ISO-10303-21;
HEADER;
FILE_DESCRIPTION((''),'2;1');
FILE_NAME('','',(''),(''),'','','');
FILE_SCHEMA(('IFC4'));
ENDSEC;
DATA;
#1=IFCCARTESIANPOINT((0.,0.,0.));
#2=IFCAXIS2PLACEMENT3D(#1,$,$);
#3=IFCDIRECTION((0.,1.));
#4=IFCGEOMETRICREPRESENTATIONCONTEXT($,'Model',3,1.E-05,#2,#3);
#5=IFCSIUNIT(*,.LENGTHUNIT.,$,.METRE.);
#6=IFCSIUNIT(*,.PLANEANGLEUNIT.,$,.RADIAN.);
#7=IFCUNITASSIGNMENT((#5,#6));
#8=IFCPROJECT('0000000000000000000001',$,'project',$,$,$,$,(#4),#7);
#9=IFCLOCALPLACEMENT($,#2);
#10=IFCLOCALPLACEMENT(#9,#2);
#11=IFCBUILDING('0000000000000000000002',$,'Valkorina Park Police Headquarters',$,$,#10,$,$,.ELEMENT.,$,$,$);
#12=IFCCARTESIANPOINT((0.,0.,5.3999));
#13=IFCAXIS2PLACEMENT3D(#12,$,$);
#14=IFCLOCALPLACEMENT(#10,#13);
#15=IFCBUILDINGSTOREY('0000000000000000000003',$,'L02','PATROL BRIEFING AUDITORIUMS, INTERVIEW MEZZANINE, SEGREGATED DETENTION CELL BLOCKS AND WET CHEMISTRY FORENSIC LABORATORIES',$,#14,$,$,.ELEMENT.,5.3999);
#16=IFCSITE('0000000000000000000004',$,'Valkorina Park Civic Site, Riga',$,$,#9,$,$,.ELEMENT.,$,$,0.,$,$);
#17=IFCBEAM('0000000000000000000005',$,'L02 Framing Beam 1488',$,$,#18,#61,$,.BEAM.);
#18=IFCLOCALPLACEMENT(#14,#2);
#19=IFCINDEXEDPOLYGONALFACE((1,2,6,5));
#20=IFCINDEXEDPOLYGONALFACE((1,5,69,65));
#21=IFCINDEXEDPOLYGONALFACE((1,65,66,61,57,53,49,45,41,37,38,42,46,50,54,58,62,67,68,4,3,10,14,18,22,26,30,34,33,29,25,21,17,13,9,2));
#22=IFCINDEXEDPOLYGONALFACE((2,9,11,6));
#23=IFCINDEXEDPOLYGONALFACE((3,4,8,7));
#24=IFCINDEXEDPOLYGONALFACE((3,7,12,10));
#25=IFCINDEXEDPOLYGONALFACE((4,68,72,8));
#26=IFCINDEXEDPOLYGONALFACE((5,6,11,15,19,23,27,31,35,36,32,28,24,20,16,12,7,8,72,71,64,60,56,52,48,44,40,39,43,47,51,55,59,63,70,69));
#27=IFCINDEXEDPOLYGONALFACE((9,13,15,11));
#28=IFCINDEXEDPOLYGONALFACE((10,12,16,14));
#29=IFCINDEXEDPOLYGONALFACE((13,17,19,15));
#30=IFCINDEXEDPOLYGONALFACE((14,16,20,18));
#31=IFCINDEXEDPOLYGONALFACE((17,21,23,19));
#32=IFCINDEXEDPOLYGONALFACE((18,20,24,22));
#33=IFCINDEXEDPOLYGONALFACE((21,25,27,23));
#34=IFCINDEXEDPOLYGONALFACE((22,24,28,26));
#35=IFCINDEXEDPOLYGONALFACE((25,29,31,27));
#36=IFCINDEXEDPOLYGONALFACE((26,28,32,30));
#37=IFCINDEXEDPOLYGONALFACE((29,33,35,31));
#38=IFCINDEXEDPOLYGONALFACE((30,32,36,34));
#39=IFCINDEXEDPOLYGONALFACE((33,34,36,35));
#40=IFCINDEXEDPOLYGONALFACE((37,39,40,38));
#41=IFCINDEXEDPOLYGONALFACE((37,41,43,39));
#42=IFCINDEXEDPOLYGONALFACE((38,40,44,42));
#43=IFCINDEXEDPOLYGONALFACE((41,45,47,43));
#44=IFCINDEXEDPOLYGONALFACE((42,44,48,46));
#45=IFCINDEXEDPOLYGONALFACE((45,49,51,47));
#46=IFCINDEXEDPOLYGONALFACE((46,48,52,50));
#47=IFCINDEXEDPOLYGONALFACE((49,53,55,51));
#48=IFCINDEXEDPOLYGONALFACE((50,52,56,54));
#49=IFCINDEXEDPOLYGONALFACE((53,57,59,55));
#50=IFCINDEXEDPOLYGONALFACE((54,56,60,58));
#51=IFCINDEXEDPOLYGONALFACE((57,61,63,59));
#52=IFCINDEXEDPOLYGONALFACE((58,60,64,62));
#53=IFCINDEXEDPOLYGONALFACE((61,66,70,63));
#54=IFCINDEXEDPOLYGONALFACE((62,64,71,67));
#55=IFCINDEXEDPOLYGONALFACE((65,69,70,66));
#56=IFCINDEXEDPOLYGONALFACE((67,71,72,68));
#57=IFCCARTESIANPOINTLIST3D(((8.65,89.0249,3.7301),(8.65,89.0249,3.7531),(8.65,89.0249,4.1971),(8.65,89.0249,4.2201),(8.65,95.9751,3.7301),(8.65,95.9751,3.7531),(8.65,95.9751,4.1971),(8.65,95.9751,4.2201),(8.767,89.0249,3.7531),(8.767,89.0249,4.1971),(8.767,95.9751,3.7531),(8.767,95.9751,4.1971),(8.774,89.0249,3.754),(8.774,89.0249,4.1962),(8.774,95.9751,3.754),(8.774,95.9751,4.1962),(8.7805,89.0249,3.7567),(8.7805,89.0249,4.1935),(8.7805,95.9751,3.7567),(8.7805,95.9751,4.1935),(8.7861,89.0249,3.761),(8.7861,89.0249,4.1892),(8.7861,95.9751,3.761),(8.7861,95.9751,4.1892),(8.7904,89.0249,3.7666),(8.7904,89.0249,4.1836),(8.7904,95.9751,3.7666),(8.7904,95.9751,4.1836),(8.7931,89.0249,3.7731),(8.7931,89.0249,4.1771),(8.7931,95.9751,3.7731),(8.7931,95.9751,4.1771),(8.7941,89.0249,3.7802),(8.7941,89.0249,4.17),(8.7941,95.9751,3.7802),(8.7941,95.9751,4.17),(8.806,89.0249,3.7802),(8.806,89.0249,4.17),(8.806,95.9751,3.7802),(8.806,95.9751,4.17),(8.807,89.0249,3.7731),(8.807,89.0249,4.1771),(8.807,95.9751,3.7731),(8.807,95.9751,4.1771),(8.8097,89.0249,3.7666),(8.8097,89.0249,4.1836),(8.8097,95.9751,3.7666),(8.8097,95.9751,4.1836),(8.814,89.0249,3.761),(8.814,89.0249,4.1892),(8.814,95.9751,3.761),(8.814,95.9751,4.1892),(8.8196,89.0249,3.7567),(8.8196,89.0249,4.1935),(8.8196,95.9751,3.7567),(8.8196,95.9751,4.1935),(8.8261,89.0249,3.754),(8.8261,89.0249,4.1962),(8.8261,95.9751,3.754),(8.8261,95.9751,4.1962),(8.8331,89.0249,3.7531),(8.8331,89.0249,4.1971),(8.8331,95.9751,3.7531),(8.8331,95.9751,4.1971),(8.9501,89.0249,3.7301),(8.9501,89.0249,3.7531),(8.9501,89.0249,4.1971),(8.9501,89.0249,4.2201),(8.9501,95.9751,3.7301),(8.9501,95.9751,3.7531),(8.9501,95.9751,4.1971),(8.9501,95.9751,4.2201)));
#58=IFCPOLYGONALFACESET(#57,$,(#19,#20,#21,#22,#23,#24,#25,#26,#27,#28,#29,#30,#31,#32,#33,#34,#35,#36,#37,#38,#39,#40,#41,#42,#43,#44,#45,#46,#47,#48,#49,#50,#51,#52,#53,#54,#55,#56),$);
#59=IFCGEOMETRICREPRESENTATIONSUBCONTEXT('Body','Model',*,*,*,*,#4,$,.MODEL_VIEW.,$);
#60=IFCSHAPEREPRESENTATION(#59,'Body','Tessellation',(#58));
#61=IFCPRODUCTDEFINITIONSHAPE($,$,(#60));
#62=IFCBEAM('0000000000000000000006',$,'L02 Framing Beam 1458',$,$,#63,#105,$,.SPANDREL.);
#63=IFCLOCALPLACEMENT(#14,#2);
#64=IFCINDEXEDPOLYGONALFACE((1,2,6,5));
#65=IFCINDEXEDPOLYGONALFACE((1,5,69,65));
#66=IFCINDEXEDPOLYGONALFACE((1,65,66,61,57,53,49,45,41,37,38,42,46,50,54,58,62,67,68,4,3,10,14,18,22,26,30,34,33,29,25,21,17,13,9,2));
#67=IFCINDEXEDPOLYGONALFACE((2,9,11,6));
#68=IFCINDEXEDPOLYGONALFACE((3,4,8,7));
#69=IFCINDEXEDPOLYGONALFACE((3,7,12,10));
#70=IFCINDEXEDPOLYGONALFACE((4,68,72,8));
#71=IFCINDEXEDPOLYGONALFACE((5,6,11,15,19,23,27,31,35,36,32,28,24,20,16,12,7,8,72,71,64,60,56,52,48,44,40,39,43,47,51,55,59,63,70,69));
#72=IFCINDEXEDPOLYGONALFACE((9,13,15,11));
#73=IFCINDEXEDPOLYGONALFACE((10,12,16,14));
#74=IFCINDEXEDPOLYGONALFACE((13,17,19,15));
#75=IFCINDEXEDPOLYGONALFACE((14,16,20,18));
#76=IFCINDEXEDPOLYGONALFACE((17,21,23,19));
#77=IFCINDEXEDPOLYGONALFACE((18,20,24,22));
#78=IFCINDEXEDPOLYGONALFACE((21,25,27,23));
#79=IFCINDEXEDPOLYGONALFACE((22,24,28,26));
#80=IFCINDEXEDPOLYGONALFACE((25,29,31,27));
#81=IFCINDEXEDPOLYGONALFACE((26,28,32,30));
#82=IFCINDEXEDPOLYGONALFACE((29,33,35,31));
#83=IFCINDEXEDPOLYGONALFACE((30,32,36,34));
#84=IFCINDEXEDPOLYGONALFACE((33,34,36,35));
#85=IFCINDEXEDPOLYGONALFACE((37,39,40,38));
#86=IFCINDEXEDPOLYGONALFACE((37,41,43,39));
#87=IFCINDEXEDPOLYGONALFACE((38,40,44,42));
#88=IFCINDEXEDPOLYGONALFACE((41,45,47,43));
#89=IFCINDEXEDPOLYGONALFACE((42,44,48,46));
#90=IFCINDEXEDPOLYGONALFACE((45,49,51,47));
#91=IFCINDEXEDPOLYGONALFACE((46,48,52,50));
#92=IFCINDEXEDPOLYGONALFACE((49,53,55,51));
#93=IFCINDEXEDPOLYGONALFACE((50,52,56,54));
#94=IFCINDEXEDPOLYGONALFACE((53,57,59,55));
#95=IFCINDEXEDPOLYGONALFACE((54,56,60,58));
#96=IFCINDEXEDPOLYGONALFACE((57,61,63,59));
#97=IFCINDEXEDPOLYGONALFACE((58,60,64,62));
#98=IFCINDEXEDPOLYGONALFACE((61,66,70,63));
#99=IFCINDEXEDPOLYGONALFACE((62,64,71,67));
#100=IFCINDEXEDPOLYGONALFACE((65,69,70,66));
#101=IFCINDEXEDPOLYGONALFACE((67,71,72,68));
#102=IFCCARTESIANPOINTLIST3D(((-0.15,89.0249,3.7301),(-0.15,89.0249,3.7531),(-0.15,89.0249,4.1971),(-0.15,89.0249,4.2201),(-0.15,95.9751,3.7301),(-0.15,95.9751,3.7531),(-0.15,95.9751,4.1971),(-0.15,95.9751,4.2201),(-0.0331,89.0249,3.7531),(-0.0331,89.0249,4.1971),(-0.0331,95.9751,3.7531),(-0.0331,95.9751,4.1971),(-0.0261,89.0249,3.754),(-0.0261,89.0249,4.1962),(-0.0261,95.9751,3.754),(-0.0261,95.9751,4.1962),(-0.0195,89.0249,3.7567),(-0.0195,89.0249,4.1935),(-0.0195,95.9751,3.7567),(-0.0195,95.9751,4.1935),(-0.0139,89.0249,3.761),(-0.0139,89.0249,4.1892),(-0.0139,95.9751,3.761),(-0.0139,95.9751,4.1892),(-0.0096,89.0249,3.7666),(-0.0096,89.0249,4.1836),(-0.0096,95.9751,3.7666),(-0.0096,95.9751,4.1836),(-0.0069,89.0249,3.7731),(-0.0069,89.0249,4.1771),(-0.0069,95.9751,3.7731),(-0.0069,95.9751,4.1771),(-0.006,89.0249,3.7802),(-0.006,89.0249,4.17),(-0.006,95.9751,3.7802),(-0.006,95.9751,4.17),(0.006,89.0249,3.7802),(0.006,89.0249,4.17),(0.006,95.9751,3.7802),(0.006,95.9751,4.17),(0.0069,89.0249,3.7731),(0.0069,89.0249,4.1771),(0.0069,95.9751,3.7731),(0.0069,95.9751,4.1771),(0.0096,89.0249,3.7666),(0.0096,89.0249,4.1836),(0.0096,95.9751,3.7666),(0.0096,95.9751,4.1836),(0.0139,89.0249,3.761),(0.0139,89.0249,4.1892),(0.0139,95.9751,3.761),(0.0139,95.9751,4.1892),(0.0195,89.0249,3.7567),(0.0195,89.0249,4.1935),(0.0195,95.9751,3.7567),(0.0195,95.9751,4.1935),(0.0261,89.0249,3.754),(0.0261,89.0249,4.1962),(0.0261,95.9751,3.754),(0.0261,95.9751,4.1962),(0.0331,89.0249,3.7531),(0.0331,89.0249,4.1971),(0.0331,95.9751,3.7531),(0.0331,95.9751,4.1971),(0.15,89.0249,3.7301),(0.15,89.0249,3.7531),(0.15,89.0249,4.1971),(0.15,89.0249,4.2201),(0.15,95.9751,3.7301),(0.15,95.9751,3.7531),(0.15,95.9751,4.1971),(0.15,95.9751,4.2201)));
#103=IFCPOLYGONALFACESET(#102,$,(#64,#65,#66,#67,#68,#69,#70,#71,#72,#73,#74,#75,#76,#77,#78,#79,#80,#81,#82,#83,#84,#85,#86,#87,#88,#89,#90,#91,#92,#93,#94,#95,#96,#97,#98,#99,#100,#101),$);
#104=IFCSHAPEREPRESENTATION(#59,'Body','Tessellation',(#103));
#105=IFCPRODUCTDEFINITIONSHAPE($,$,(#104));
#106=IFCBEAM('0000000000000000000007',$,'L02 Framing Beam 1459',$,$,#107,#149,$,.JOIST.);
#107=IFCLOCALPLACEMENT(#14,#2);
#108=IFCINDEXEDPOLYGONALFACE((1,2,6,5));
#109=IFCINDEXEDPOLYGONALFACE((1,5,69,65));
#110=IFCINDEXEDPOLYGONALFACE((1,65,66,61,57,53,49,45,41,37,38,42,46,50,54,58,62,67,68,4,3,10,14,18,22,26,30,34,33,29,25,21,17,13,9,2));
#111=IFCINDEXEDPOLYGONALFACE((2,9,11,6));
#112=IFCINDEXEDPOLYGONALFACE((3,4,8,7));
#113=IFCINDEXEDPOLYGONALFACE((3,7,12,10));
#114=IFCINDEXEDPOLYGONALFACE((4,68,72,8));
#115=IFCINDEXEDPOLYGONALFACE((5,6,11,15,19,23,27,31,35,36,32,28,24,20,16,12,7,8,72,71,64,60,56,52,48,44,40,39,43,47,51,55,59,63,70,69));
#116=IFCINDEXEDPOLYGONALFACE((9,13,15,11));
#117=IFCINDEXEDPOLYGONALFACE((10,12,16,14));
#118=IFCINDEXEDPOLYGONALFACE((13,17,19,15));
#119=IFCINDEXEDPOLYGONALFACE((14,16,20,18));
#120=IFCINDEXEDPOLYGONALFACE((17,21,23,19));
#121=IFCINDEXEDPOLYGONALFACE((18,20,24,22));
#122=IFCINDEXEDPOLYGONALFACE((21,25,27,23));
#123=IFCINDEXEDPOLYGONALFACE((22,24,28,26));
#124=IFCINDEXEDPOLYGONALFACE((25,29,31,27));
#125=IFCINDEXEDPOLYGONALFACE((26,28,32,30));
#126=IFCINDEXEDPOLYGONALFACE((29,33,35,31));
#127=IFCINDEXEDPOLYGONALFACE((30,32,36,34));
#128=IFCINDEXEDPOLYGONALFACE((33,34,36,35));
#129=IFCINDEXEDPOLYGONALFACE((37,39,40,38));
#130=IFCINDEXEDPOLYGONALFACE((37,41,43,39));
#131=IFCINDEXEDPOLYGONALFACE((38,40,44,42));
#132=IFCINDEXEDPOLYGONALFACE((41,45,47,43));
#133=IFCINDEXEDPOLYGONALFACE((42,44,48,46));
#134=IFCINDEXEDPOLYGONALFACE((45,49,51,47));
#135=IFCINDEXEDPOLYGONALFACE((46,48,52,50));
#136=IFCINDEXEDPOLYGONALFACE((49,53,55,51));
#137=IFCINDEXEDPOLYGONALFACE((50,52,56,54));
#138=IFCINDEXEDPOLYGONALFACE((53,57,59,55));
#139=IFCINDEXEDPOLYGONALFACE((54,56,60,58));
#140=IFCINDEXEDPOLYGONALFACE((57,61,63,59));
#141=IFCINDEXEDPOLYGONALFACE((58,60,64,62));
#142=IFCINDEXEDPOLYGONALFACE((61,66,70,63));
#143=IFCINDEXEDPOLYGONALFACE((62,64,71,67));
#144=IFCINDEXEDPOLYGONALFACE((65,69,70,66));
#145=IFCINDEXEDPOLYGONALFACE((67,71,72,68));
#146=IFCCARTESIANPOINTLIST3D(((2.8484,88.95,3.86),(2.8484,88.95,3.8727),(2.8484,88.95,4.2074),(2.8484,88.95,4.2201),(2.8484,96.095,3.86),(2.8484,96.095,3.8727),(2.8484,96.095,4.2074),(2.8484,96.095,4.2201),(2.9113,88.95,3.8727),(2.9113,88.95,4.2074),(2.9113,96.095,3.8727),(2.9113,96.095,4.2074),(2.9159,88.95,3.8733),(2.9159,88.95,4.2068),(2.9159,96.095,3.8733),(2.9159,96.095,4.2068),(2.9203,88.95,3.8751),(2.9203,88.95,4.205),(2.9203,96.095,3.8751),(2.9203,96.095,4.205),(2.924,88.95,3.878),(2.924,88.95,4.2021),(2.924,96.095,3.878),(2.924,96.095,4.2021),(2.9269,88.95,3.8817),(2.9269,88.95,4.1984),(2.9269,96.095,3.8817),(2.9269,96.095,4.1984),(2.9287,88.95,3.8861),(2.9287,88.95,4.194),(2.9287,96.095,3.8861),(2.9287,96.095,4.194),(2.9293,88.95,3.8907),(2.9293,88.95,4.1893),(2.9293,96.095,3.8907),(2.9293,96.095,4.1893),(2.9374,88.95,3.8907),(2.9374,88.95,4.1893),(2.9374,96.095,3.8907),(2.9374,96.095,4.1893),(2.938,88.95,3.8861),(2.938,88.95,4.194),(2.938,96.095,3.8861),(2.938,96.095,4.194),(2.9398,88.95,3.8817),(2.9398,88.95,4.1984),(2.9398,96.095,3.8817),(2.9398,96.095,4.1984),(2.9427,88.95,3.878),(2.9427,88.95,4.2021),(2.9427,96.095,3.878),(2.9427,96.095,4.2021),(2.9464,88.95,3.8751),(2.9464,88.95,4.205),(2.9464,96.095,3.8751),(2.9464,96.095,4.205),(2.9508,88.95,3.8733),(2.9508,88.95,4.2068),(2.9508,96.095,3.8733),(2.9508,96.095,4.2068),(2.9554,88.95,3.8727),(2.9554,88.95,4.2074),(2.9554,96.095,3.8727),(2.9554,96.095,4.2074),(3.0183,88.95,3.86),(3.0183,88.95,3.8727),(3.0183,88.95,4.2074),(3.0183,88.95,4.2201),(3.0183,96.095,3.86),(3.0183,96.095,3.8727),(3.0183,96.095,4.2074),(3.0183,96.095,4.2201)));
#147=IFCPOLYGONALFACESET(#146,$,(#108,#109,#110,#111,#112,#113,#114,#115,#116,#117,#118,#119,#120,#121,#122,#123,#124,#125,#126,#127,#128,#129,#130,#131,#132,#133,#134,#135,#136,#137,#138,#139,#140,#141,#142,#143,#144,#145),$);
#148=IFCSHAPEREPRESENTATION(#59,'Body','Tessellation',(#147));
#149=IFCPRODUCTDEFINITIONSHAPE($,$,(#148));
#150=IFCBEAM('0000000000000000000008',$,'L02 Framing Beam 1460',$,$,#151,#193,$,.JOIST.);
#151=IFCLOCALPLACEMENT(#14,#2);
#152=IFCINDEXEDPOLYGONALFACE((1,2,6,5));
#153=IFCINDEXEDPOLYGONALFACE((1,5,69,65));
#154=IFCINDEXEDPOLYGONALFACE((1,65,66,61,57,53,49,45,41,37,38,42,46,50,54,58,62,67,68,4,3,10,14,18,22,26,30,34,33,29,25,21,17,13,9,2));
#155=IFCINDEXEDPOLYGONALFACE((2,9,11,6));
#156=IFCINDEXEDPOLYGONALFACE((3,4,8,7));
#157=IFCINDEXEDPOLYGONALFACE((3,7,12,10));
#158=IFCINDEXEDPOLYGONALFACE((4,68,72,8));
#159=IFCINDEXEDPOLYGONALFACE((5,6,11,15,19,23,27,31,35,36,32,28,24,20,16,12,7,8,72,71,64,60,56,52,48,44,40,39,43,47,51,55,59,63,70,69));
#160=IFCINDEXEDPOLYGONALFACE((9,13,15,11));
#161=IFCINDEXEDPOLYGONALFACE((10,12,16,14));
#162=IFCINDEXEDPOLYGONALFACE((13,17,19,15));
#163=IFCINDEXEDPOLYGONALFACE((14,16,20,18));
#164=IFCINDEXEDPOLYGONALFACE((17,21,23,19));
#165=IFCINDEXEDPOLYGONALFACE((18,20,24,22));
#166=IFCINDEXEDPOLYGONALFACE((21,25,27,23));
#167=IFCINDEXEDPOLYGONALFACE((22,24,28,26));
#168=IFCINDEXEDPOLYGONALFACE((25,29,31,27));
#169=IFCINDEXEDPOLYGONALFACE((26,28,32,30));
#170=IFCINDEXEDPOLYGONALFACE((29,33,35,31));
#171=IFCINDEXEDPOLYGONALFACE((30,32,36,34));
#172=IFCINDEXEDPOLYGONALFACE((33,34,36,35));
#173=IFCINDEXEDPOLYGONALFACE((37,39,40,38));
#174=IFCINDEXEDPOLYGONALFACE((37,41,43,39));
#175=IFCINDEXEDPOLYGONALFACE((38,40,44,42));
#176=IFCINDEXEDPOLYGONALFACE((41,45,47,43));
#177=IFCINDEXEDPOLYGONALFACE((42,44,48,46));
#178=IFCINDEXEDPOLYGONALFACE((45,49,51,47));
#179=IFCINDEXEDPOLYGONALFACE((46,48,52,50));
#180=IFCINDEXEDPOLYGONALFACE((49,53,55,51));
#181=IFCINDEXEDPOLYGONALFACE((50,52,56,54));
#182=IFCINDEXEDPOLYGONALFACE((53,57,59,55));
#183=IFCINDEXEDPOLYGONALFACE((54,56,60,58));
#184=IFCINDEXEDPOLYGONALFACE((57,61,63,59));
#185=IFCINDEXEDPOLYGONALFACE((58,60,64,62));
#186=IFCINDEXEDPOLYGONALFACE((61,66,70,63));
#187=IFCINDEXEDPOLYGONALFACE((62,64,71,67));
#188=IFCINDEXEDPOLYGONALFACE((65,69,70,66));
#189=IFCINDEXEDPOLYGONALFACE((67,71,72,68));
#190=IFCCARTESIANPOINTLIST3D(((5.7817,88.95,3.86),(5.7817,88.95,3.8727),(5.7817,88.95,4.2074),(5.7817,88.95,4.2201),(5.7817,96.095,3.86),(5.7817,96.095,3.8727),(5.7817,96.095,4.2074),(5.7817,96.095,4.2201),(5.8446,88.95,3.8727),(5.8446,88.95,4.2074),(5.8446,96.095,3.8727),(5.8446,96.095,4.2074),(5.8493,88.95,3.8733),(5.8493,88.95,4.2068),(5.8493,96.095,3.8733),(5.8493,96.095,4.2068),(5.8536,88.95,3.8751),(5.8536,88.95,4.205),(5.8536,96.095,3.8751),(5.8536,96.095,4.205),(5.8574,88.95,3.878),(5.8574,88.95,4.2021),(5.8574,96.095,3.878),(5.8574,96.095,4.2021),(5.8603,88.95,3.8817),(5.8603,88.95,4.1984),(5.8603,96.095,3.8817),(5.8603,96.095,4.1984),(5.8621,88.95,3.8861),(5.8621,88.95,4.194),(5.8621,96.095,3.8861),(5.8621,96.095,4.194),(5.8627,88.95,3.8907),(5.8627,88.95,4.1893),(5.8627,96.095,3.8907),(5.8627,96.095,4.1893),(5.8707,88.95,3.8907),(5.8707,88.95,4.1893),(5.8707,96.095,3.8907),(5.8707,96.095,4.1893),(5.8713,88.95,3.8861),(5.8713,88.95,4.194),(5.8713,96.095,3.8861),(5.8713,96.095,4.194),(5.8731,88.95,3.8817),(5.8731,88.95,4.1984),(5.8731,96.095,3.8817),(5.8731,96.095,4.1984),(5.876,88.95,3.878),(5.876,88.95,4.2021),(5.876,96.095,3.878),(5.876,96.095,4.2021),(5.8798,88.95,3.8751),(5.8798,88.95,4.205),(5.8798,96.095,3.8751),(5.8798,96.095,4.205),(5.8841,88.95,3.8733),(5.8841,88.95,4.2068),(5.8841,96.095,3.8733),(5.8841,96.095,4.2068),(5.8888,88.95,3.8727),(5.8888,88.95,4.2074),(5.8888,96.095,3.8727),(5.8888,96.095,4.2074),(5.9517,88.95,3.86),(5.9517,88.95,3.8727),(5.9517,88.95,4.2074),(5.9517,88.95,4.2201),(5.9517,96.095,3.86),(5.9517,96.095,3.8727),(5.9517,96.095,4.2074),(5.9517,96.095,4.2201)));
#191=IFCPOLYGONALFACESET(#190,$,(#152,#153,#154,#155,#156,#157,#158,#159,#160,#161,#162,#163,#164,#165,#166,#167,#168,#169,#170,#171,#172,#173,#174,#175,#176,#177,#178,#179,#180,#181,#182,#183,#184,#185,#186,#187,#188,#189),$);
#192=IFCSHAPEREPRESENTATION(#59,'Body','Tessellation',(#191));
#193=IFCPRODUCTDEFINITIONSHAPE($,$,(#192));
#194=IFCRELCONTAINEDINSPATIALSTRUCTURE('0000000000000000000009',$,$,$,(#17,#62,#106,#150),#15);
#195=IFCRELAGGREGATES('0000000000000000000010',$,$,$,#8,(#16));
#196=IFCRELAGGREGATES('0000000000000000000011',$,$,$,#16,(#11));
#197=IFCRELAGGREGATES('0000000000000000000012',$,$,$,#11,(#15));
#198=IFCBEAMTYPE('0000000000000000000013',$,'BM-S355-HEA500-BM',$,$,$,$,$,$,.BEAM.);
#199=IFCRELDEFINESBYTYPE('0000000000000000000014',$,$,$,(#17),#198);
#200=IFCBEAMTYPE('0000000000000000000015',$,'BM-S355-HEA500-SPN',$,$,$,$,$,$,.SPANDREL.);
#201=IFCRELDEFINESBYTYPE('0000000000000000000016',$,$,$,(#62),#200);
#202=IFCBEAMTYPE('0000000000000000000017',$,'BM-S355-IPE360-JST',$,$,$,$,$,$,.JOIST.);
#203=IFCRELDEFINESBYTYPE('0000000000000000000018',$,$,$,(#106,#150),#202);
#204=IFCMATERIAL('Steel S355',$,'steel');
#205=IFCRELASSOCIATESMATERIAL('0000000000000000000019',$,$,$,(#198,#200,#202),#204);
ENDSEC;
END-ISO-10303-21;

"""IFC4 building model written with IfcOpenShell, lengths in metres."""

from ifc_helpers import new_model, si_unit, direction, frame, origin, origin_2d, place, context, subcontext, project, spatial, i_section, extrude, material, material_profile, profile_set, type_object, element, save


model = new_model("IFC4")

# Units and contexts
model_context = context("Model", 3, precision=1e-05, world=origin(), true_north=direction((0.0, 1.0)))
body_context = subcontext(model_context, "Body", "Model", "MODEL_VIEW")
ifc_project = project(units=[si_unit("LENGTHUNIT", "METRE"), si_unit("PLANEANGLEUNIT", "RADIAN")], contexts=[model_context])

# Site, building, storey
site_placement = place(None, origin())
site = spatial("IfcSite", under=ifc_project, at=site_placement, Name="Valkorina Park Civic Site, Riga", CompositionType="ELEMENT", RefElevation=0.0)
building_placement = place(site_placement, origin())
building = spatial("IfcBuilding", under=site, at=building_placement, Name="Valkorina Park Police Headquarters", CompositionType="ELEMENT")
storey_placement = place(building_placement, frame((0.0, 0.0, 5.3999)))
storey = spatial("IfcBuildingStorey", under=building, at=storey_placement, Name="L02", Description="PATROL BRIEFING AUDITORIUMS, INTERVIEW MEZZANINE, SEGREGATED DETENTION CELL BLOCKS AND WET CHEMISTRY FORENSIC LABORATORIES", CompositionType="ELEMENT", Elevation=5.3999)

# Beams
ifc_material_1 = material(Name="Steel S355", Category="steel")
ifc_material_profile_1 = material_profile(ifc_material_1, i_section(OverallWidth=0.3, OverallDepth=0.49, WebThickness=0.012, FlangeThickness=0.0229, FilletRadius=0.0271, at=origin_2d()), Name="HEA 500")
ifc_profile_set_1 = profile_set([ifc_material_profile_1], Name="Steel S355")
beam_type_1 = type_object("IfcBeamType", Name="BM-S355-HEA500-BM", PredefinedType="BEAM", material=ifc_profile_set_1)
beam_1_placement = place(storey_placement, frame((8.8, 89.0249, 3.9751), z_axis=(0.0, 1.0, 0.0), x_axis=(-1.0, 0.0, 0.0)))
element("IfcBeam", 1, at=beam_1_placement, inside=storey, type_object=beam_type_1, Name="L02 Framing Beam 1488", PredefinedType="BEAM", context=body_context, shape_type="SweptSolid", body=[
    extrude(i_section(OverallWidth=0.3, OverallDepth=0.49, WebThickness=0.012, FlangeThickness=0.0229, FilletRadius=0.0271, at=origin_2d()), origin(), (0.0, 0.0, 1.0), 6.9502),
])
ifc_material_profile_2 = material_profile(ifc_material_1, i_section(OverallWidth=0.3, OverallDepth=0.49, WebThickness=0.012, FlangeThickness=0.0229, FilletRadius=0.0271, at=origin_2d()), Name="HEA 500")
ifc_profile_set_2 = profile_set([ifc_material_profile_2], Name="Steel S355")
beam_type_2 = type_object("IfcBeamType", Name="BM-S355-HEA500-SPN", PredefinedType="SPANDREL", material=ifc_profile_set_2)
beam_2_placement = place(storey_placement, frame((0.0, 89.0249, 3.9751), z_axis=(0.0, 1.0, 0.0), x_axis=(-1.0, 0.0, 0.0)))
element("IfcBeam", 2, at=beam_2_placement, inside=storey, type_object=beam_type_2, Name="L02 Framing Beam 1458", PredefinedType="SPANDREL", context=body_context, shape_type="SweptSolid", body=[
    extrude(i_section(OverallWidth=0.3, OverallDepth=0.49, WebThickness=0.012, FlangeThickness=0.0229, FilletRadius=0.0271, at=origin_2d()), origin(), (0.0, 0.0, 1.0), 6.9502),
])
ifc_material_profile_3 = material_profile(ifc_material_1, i_section(OverallWidth=0.1699, OverallDepth=0.3601, WebThickness=0.0081, FlangeThickness=0.0127, FilletRadius=0.0181, at=origin_2d()), Name="IPE 360")
ifc_profile_set_3 = profile_set([ifc_material_profile_3], Name="Steel S355")
beam_type_3 = type_object("IfcBeamType", Name="BM-S355-IPE360-JST", PredefinedType="JOIST", material=ifc_profile_set_3)
for number, where, z_axis, x_axis, name in (
    (3, (2.9333, 88.95, 4.04), (0.0, 1.0, 0.0), (-1.0, 0.0, 0.0), "L02 Framing Beam 1459"),
    (4, (5.8667, 88.95, 4.04), (0.0, 1.0, 0.0), (-1.0, 0.0, 0.0), "L02 Framing Beam 1460"),
):
    element("IfcBeam", number, at=place(storey_placement, frame(where, z_axis=z_axis, x_axis=x_axis)), inside=storey, type_object=beam_type_3, Name=name, PredefinedType="JOIST", context=body_context, shape_type="SweptSolid", body=[
        extrude(i_section(OverallWidth=0.1699, OverallDepth=0.3601, WebThickness=0.0081, FlangeThickness=0.0127, FilletRadius=0.0181, at=origin_2d()), origin(), (0.0, 0.0, 1.0), 7.145),
    ])

save(model, "model.ifc")
